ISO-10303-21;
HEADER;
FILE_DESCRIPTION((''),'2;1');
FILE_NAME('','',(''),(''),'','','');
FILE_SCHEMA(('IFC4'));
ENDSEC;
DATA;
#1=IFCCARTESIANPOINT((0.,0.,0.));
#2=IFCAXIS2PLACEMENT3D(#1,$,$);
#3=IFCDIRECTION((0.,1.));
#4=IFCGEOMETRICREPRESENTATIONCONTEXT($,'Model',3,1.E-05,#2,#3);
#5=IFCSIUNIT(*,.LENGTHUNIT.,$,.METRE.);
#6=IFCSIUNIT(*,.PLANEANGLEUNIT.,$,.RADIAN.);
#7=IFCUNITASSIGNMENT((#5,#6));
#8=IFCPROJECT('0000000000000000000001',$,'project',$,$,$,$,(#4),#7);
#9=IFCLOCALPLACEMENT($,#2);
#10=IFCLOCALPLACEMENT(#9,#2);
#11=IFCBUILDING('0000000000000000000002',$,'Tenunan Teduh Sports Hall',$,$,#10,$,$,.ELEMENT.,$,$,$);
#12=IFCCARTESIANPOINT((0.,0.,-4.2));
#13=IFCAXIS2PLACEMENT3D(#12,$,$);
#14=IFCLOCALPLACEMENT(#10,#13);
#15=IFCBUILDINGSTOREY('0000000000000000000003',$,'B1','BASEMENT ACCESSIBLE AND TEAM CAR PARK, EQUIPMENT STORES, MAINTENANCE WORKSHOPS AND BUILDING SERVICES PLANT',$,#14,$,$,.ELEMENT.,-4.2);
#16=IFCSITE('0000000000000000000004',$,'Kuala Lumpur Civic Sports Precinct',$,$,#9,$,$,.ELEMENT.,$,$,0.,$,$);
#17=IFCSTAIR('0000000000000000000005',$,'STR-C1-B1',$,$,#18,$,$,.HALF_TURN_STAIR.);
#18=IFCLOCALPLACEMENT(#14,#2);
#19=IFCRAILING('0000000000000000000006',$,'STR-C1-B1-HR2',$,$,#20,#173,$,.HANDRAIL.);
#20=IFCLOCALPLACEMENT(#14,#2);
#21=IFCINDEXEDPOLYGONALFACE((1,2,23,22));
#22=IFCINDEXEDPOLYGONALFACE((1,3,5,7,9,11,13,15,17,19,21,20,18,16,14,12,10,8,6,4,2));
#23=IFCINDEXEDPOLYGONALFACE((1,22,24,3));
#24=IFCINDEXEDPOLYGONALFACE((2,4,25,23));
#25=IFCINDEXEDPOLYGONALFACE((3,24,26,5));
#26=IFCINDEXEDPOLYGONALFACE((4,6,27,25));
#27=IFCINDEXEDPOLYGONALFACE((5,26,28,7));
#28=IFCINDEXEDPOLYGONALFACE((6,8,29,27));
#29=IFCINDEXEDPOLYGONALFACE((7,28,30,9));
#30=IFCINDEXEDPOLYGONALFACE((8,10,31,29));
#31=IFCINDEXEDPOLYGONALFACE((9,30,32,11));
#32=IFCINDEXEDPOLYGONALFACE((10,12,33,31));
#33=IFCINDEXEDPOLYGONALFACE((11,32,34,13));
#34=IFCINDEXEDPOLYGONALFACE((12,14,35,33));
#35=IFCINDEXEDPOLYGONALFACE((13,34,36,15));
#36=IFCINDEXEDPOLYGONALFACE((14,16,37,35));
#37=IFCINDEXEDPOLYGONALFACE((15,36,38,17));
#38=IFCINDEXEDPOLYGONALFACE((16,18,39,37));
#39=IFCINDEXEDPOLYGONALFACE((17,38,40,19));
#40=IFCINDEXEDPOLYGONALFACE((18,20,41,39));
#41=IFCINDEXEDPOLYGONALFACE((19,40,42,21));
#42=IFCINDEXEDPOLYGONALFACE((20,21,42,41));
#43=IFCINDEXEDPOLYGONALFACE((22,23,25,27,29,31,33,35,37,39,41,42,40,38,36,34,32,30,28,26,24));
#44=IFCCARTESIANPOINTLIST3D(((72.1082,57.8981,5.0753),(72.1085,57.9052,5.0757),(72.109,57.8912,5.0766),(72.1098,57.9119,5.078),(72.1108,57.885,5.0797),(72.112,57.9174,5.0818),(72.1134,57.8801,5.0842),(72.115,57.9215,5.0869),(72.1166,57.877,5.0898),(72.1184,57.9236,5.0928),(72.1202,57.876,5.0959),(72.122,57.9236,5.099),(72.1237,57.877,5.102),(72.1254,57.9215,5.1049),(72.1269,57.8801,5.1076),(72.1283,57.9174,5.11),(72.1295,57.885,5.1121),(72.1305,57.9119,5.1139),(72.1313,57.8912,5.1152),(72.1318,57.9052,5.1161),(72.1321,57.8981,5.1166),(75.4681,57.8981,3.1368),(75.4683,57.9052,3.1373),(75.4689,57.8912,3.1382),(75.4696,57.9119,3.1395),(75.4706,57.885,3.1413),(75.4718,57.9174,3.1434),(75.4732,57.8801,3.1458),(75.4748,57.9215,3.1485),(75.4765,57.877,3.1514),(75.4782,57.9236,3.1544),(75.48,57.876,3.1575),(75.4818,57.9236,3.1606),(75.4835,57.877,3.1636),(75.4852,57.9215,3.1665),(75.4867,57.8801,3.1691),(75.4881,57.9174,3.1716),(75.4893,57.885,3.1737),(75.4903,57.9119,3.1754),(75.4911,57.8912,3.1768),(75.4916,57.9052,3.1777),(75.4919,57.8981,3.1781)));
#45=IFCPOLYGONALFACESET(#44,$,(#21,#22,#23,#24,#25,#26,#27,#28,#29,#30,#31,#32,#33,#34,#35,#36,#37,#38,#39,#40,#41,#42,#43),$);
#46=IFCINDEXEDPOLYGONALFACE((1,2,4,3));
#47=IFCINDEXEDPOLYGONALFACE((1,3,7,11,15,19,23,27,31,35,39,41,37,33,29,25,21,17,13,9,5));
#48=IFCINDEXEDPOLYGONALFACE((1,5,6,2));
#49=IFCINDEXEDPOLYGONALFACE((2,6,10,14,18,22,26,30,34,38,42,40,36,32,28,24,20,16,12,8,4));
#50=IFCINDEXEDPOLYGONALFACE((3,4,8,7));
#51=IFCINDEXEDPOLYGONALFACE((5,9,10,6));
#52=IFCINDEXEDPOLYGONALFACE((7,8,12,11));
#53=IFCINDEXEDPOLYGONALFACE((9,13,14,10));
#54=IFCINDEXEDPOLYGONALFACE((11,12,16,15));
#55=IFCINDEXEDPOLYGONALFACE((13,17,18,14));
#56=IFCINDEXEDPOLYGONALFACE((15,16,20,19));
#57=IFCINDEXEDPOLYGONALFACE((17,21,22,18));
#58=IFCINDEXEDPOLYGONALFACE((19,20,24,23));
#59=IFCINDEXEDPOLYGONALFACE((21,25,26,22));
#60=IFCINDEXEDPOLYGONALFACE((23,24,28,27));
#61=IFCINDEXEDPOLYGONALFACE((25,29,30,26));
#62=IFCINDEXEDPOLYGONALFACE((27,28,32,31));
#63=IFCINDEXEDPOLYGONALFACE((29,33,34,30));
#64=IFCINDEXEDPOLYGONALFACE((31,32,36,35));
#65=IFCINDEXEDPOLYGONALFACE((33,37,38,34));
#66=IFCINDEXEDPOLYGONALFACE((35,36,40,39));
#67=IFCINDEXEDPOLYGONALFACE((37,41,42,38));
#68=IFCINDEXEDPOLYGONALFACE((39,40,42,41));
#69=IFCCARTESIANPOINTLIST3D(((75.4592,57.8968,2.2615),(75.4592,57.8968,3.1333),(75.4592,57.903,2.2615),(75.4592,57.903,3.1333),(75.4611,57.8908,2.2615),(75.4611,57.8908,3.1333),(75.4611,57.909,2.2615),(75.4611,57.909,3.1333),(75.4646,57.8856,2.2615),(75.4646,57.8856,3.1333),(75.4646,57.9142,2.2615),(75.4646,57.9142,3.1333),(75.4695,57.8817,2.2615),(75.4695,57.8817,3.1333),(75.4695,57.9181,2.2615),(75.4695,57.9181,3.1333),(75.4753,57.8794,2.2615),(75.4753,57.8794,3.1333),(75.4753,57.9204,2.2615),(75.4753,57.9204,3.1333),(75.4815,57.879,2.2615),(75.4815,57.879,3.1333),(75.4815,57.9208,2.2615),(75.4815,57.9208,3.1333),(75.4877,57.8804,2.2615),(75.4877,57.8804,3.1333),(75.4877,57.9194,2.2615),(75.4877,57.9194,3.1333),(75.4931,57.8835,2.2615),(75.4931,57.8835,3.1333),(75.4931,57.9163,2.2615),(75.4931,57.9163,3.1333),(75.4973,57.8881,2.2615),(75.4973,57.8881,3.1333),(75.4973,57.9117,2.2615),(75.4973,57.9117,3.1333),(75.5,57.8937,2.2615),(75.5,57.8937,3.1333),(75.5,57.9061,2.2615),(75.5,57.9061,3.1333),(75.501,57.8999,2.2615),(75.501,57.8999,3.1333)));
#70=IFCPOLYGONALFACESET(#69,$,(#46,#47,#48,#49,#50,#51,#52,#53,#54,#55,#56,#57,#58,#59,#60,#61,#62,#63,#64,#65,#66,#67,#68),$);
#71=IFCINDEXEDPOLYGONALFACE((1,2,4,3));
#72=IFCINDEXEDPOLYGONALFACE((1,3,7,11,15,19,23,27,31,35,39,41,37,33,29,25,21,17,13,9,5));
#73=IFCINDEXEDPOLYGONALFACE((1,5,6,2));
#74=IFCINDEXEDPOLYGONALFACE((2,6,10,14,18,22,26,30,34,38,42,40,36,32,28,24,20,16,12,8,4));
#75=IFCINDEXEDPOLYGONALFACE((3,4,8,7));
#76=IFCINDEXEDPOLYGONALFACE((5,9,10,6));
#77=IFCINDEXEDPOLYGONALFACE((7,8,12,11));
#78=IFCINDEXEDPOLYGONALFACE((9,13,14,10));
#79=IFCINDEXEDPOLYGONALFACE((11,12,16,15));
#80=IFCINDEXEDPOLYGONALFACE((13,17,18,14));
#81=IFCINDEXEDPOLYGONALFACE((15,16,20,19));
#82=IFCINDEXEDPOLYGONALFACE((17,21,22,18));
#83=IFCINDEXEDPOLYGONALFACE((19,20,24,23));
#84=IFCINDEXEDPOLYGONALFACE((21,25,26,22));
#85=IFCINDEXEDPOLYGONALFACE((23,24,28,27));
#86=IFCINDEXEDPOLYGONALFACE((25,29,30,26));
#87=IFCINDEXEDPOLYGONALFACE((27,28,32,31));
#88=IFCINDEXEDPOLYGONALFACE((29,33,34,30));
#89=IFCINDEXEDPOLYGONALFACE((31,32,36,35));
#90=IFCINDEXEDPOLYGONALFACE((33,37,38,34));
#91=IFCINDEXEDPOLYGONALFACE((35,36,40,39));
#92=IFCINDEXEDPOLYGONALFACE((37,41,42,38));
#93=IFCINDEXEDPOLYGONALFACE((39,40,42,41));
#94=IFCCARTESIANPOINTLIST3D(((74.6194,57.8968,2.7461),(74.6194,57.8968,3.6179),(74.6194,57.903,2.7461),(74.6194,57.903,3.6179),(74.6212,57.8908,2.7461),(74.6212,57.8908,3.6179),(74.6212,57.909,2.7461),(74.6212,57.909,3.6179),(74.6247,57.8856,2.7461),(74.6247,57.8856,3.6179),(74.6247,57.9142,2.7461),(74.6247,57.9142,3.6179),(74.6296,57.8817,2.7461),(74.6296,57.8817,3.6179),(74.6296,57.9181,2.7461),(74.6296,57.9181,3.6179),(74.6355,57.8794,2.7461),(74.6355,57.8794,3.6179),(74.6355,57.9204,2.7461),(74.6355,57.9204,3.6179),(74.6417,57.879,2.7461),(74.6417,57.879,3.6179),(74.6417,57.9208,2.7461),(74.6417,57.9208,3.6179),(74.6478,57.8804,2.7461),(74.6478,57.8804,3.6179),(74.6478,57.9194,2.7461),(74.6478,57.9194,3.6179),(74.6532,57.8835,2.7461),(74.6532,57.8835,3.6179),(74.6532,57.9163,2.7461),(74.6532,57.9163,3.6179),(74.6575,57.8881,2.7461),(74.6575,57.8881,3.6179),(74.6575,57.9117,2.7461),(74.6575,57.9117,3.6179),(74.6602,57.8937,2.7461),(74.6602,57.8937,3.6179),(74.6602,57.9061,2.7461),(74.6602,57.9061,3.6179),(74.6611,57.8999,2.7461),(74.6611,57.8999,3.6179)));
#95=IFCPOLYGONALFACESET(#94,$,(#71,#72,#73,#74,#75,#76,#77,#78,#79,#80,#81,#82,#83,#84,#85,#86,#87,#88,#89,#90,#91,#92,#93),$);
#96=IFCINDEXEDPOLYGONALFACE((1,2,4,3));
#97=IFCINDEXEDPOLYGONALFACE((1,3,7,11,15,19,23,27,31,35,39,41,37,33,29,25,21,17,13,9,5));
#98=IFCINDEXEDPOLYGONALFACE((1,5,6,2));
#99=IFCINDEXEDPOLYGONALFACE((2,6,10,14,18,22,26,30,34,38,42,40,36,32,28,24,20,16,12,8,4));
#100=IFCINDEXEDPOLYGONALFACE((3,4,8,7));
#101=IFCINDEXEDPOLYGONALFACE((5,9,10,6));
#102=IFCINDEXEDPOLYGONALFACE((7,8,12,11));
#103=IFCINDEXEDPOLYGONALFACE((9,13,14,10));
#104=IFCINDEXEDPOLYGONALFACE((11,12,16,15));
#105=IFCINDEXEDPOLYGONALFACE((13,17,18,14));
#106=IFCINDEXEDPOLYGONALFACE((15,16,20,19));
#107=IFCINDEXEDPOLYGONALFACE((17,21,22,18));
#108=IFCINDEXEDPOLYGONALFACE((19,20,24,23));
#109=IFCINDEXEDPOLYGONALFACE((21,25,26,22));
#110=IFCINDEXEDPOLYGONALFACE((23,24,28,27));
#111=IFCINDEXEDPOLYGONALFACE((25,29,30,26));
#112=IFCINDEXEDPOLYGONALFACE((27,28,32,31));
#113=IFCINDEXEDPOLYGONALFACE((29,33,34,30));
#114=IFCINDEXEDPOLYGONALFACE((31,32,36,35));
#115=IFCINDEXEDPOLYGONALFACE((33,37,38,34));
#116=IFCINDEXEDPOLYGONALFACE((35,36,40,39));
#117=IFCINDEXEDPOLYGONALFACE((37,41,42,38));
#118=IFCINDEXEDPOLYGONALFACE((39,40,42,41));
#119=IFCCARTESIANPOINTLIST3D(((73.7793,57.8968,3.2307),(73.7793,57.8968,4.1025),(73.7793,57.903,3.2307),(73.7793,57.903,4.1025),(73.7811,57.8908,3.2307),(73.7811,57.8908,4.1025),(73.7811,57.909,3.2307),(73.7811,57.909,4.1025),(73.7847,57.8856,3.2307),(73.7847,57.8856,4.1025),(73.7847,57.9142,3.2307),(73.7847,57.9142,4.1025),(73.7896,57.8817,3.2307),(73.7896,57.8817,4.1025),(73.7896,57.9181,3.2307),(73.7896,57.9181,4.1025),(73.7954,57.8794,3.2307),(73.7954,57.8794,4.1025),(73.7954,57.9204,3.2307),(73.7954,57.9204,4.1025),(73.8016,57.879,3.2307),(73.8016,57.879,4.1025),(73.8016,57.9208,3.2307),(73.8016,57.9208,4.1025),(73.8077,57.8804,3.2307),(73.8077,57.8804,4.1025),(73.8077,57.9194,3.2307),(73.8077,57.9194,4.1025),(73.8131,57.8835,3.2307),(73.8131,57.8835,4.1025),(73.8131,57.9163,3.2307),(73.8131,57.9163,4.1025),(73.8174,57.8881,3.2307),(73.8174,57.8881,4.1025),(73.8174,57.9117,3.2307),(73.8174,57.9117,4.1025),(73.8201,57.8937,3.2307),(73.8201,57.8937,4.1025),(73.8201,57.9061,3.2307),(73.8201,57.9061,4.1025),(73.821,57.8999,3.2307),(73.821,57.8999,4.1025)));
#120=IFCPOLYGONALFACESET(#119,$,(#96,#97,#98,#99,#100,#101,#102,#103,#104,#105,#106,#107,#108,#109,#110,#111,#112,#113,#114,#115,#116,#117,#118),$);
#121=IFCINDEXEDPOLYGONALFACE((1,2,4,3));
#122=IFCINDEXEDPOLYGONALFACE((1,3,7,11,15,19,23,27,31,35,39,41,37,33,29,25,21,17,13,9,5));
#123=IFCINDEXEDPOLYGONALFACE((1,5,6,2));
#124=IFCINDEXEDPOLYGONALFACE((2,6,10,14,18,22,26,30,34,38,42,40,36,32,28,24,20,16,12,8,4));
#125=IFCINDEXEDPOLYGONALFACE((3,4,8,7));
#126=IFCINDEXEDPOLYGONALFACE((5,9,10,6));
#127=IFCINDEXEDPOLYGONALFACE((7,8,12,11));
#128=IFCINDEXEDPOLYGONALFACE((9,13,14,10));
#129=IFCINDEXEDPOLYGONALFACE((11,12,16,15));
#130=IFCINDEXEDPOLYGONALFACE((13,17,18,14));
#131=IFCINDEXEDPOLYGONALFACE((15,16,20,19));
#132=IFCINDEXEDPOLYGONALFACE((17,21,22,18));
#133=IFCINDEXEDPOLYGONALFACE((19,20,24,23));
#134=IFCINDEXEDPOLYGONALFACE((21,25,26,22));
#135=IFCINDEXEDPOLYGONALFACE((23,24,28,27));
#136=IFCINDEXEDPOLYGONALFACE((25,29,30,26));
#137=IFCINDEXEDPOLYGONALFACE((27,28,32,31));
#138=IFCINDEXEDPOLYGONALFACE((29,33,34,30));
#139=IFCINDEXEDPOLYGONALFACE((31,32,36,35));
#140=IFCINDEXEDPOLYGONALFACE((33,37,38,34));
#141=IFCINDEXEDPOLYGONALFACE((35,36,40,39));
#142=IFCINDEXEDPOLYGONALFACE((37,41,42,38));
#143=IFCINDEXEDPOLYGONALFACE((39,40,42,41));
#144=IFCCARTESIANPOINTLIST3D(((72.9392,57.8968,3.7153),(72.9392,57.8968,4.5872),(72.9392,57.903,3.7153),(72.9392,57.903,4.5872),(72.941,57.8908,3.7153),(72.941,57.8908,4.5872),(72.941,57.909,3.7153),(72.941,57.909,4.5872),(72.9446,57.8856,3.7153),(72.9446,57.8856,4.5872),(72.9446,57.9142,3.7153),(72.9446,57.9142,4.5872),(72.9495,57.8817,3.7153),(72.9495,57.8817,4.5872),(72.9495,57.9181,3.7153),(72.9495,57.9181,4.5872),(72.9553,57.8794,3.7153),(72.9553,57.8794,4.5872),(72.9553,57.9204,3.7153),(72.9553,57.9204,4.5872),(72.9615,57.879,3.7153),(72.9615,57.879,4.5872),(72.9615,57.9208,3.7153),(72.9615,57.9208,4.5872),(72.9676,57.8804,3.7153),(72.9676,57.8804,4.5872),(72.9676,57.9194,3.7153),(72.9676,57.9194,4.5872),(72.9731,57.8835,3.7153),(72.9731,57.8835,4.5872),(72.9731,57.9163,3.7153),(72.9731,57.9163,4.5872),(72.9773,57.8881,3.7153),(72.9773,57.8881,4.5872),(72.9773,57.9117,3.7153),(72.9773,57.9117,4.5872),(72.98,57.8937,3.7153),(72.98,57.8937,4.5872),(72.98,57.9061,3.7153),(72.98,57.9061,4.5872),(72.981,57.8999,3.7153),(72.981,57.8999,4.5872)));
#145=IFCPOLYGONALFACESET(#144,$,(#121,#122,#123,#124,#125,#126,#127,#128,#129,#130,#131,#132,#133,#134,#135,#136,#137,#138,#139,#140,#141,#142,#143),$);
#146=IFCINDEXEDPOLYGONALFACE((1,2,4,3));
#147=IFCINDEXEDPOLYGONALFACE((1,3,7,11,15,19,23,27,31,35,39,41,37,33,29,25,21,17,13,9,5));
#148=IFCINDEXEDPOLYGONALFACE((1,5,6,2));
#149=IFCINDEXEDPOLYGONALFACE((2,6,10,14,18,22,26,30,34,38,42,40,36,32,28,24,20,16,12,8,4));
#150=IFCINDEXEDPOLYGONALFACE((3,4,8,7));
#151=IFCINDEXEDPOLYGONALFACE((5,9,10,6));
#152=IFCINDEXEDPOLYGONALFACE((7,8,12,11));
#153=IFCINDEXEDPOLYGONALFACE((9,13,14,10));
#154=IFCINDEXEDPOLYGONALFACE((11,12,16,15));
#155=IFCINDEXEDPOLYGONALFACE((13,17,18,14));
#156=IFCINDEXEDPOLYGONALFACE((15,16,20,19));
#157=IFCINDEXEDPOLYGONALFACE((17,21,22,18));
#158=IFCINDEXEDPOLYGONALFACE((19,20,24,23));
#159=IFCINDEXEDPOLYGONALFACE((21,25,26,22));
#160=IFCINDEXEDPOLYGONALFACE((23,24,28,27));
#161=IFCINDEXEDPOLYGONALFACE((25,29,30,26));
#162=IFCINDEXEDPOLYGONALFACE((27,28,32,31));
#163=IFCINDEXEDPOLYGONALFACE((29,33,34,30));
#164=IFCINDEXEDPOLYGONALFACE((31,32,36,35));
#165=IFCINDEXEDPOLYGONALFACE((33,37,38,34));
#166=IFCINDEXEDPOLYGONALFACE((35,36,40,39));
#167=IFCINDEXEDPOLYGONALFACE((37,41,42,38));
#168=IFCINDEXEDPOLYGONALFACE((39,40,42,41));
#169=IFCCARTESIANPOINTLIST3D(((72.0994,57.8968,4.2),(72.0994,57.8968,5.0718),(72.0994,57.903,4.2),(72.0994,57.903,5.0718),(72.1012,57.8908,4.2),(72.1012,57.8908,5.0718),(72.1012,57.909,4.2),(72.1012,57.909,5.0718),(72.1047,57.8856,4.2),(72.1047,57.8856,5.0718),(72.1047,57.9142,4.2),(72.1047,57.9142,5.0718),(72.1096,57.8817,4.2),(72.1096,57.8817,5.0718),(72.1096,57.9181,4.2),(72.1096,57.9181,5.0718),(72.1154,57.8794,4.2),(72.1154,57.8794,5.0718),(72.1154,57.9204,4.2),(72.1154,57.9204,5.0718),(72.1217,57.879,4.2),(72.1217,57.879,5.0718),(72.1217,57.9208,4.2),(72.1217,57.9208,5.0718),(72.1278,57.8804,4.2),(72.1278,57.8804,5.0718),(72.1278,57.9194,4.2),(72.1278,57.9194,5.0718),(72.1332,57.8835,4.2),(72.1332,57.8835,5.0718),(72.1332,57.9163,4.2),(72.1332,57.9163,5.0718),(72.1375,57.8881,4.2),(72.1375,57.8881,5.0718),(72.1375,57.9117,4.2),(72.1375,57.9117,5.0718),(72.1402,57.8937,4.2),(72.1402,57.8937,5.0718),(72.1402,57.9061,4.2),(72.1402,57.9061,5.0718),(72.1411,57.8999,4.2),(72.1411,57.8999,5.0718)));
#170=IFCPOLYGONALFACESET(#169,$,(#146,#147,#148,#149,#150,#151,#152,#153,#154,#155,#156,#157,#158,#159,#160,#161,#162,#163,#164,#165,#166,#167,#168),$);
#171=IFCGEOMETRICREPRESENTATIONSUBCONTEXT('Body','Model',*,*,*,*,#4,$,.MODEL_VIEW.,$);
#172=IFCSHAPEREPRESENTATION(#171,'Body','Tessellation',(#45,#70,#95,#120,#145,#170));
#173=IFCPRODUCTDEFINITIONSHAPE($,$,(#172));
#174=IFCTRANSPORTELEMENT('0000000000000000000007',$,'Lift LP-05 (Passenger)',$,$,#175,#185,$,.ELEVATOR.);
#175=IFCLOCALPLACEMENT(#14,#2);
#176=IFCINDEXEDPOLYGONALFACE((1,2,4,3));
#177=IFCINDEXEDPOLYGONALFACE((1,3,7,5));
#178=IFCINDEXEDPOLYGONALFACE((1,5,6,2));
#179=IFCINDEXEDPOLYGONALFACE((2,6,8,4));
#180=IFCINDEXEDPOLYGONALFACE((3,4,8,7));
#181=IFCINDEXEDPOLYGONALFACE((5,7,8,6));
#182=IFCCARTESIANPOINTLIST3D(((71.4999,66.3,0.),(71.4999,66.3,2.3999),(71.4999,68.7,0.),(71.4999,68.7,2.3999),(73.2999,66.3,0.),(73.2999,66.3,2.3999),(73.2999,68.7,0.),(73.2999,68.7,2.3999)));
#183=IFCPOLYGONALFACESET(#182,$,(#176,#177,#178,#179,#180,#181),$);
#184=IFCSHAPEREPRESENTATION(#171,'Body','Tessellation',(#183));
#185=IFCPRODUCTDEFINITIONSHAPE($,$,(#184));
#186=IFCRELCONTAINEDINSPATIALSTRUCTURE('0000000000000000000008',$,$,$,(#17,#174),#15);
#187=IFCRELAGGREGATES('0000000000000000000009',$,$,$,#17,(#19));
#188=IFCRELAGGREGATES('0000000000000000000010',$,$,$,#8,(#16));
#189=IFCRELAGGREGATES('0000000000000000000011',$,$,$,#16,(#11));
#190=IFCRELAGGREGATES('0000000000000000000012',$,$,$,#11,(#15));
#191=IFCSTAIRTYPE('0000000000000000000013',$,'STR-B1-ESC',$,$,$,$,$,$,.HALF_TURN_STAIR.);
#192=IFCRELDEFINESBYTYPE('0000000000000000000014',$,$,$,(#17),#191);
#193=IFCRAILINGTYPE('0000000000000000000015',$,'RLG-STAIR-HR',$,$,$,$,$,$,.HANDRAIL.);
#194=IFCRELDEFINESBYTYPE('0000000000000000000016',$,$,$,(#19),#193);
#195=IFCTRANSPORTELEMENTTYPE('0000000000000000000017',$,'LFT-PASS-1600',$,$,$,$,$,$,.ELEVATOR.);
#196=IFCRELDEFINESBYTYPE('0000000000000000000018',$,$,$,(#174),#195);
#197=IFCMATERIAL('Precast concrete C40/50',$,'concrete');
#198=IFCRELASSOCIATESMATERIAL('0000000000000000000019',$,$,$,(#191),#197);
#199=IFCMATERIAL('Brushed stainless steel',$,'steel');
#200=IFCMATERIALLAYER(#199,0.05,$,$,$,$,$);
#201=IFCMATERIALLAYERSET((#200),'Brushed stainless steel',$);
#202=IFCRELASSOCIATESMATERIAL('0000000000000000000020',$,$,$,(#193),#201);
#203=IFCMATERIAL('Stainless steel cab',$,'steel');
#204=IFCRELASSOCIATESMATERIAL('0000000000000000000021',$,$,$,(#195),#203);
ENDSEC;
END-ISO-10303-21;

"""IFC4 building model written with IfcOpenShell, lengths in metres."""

from ifc_helpers import new_model, si_unit, direction, frame, origin, origin_2d, place, context, subcontext, project, spatial, rectangle, circle, extrude, material, layer, layer_set, type_object, element, aggregate, save


model = new_model("IFC4")

# Units and contexts
model_context = context("Model", 3, precision=1e-05, world=origin(), true_north=direction((0.0, 1.0)))
body_context = subcontext(model_context, "Body", "Model", "MODEL_VIEW")
ifc_project = project(units=[si_unit("LENGTHUNIT", "METRE"), si_unit("PLANEANGLEUNIT", "RADIAN")], contexts=[model_context])

# Site, building, storey
site_placement = place(None, origin())
site = spatial("IfcSite", under=ifc_project, at=site_placement, Name="Kuala Lumpur Civic Sports Precinct", CompositionType="ELEMENT", RefElevation=0.0)
building_placement = place(site_placement, origin())
building = spatial("IfcBuilding", under=site, at=building_placement, Name="Tenunan Teduh Sports Hall", CompositionType="ELEMENT")
storey_placement = place(building_placement, frame((0.0, 0.0, -4.2)))
storey = spatial("IfcBuildingStorey", under=building, at=storey_placement, Name="B1", Description="BASEMENT ACCESSIBLE AND TEAM CAR PARK, EQUIPMENT STORES, MAINTENANCE WORKSHOPS AND BUILDING SERVICES PLANT", CompositionType="ELEMENT", Elevation=-4.2)

# Stair
ifc_material_1 = material(Name="Precast concrete C40/50", Category="concrete")
stair_type = type_object("IfcStairType", Name="STR-B1-ESC", PredefinedType="HALF_TURN_STAIR", material=ifc_material_1)
stair_placement = place(storey_placement, origin())
stair = element("IfcStair", 1, at=stair_placement, inside=storey, type_object=stair_type, Name="STR-C1-B1", PredefinedType="HALF_TURN_STAIR")

# Railing
ifc_material_2 = material(Name="Brushed stainless steel", Category="steel")
ifc_layer_1 = layer(ifc_material_2, 0.05)
ifc_layer_set_1 = layer_set([ifc_layer_1], Name="Brushed stainless steel")
railing_type_1 = type_object("IfcRailingType", Name="RLG-STAIR-HR", PredefinedType="HANDRAIL", material=ifc_layer_set_1)
railing_1_placement = place(storey_placement, frame((75.48, 57.8999, 2.2615)))
railing_1 = element("IfcRailing", 2, at=railing_1_placement, type_object=railing_type_1, Name="STR-C1-B1-HR2", PredefinedType="HANDRAIL", context=body_context, shape_type="SweptSolid", body=[
    extrude(circle(Radius=0.0239, at=origin_2d()), frame((0.0, 0.0, 0.896), z_axis=(-0.866175, 0.0, 0.499741), x_axis=(0.0, -1.0, 0.0)), (0.0, 0.0, 1.0), 3.8789),
    extrude(circle(Radius=0.021, at=origin_2d()), origin(), (0.0, 0.0, 1.0), 0.8718),
    extrude(circle(Radius=0.021, at=origin_2d()), frame((-0.8398, 0.0, 0.4846)), (0.0, 0.0, 1.0), 0.8718),
    extrude(circle(Radius=0.021, at=origin_2d()), frame((-1.6799, 0.0, 0.9692)), (0.0, 0.0, 1.0), 0.8718),
    extrude(circle(Radius=0.021, at=origin_2d()), frame((-2.52, 0.0, 1.4539)), (0.0, 0.0, 1.0), 0.8718),
    extrude(circle(Radius=0.021, at=origin_2d()), frame((-3.3599, 0.0, 1.9385)), (0.0, 0.0, 1.0), 0.8718),
])
aggregate(stair, [railing_1])

# Transport element
ifc_material_3 = material(Name="Stainless steel cab", Category="steel")
transport_element_type = type_object("IfcTransportElementType", Name="LFT-PASS-1600", PredefinedType="ELEVATOR", material=ifc_material_3)
transport_element_placement = place(storey_placement, frame((72.3999, 67.5, 0.0), z_axis=(0.0, 0.0, 1.0), x_axis=(1.0, 0.0, 0.0)))
element("IfcTransportElement", 3, at=transport_element_placement, inside=storey, type_object=transport_element_type, Name="Lift LP-05 (Passenger)", PredefinedType="ELEVATOR", context=body_context, shape_type="SweptSolid", body=[
    extrude(rectangle(XDim=1.8, YDim=2.3999, at=origin_2d()), origin(), (0.0, 0.0, 1.0), 2.3999),
])

save(model, "model.ifc")
